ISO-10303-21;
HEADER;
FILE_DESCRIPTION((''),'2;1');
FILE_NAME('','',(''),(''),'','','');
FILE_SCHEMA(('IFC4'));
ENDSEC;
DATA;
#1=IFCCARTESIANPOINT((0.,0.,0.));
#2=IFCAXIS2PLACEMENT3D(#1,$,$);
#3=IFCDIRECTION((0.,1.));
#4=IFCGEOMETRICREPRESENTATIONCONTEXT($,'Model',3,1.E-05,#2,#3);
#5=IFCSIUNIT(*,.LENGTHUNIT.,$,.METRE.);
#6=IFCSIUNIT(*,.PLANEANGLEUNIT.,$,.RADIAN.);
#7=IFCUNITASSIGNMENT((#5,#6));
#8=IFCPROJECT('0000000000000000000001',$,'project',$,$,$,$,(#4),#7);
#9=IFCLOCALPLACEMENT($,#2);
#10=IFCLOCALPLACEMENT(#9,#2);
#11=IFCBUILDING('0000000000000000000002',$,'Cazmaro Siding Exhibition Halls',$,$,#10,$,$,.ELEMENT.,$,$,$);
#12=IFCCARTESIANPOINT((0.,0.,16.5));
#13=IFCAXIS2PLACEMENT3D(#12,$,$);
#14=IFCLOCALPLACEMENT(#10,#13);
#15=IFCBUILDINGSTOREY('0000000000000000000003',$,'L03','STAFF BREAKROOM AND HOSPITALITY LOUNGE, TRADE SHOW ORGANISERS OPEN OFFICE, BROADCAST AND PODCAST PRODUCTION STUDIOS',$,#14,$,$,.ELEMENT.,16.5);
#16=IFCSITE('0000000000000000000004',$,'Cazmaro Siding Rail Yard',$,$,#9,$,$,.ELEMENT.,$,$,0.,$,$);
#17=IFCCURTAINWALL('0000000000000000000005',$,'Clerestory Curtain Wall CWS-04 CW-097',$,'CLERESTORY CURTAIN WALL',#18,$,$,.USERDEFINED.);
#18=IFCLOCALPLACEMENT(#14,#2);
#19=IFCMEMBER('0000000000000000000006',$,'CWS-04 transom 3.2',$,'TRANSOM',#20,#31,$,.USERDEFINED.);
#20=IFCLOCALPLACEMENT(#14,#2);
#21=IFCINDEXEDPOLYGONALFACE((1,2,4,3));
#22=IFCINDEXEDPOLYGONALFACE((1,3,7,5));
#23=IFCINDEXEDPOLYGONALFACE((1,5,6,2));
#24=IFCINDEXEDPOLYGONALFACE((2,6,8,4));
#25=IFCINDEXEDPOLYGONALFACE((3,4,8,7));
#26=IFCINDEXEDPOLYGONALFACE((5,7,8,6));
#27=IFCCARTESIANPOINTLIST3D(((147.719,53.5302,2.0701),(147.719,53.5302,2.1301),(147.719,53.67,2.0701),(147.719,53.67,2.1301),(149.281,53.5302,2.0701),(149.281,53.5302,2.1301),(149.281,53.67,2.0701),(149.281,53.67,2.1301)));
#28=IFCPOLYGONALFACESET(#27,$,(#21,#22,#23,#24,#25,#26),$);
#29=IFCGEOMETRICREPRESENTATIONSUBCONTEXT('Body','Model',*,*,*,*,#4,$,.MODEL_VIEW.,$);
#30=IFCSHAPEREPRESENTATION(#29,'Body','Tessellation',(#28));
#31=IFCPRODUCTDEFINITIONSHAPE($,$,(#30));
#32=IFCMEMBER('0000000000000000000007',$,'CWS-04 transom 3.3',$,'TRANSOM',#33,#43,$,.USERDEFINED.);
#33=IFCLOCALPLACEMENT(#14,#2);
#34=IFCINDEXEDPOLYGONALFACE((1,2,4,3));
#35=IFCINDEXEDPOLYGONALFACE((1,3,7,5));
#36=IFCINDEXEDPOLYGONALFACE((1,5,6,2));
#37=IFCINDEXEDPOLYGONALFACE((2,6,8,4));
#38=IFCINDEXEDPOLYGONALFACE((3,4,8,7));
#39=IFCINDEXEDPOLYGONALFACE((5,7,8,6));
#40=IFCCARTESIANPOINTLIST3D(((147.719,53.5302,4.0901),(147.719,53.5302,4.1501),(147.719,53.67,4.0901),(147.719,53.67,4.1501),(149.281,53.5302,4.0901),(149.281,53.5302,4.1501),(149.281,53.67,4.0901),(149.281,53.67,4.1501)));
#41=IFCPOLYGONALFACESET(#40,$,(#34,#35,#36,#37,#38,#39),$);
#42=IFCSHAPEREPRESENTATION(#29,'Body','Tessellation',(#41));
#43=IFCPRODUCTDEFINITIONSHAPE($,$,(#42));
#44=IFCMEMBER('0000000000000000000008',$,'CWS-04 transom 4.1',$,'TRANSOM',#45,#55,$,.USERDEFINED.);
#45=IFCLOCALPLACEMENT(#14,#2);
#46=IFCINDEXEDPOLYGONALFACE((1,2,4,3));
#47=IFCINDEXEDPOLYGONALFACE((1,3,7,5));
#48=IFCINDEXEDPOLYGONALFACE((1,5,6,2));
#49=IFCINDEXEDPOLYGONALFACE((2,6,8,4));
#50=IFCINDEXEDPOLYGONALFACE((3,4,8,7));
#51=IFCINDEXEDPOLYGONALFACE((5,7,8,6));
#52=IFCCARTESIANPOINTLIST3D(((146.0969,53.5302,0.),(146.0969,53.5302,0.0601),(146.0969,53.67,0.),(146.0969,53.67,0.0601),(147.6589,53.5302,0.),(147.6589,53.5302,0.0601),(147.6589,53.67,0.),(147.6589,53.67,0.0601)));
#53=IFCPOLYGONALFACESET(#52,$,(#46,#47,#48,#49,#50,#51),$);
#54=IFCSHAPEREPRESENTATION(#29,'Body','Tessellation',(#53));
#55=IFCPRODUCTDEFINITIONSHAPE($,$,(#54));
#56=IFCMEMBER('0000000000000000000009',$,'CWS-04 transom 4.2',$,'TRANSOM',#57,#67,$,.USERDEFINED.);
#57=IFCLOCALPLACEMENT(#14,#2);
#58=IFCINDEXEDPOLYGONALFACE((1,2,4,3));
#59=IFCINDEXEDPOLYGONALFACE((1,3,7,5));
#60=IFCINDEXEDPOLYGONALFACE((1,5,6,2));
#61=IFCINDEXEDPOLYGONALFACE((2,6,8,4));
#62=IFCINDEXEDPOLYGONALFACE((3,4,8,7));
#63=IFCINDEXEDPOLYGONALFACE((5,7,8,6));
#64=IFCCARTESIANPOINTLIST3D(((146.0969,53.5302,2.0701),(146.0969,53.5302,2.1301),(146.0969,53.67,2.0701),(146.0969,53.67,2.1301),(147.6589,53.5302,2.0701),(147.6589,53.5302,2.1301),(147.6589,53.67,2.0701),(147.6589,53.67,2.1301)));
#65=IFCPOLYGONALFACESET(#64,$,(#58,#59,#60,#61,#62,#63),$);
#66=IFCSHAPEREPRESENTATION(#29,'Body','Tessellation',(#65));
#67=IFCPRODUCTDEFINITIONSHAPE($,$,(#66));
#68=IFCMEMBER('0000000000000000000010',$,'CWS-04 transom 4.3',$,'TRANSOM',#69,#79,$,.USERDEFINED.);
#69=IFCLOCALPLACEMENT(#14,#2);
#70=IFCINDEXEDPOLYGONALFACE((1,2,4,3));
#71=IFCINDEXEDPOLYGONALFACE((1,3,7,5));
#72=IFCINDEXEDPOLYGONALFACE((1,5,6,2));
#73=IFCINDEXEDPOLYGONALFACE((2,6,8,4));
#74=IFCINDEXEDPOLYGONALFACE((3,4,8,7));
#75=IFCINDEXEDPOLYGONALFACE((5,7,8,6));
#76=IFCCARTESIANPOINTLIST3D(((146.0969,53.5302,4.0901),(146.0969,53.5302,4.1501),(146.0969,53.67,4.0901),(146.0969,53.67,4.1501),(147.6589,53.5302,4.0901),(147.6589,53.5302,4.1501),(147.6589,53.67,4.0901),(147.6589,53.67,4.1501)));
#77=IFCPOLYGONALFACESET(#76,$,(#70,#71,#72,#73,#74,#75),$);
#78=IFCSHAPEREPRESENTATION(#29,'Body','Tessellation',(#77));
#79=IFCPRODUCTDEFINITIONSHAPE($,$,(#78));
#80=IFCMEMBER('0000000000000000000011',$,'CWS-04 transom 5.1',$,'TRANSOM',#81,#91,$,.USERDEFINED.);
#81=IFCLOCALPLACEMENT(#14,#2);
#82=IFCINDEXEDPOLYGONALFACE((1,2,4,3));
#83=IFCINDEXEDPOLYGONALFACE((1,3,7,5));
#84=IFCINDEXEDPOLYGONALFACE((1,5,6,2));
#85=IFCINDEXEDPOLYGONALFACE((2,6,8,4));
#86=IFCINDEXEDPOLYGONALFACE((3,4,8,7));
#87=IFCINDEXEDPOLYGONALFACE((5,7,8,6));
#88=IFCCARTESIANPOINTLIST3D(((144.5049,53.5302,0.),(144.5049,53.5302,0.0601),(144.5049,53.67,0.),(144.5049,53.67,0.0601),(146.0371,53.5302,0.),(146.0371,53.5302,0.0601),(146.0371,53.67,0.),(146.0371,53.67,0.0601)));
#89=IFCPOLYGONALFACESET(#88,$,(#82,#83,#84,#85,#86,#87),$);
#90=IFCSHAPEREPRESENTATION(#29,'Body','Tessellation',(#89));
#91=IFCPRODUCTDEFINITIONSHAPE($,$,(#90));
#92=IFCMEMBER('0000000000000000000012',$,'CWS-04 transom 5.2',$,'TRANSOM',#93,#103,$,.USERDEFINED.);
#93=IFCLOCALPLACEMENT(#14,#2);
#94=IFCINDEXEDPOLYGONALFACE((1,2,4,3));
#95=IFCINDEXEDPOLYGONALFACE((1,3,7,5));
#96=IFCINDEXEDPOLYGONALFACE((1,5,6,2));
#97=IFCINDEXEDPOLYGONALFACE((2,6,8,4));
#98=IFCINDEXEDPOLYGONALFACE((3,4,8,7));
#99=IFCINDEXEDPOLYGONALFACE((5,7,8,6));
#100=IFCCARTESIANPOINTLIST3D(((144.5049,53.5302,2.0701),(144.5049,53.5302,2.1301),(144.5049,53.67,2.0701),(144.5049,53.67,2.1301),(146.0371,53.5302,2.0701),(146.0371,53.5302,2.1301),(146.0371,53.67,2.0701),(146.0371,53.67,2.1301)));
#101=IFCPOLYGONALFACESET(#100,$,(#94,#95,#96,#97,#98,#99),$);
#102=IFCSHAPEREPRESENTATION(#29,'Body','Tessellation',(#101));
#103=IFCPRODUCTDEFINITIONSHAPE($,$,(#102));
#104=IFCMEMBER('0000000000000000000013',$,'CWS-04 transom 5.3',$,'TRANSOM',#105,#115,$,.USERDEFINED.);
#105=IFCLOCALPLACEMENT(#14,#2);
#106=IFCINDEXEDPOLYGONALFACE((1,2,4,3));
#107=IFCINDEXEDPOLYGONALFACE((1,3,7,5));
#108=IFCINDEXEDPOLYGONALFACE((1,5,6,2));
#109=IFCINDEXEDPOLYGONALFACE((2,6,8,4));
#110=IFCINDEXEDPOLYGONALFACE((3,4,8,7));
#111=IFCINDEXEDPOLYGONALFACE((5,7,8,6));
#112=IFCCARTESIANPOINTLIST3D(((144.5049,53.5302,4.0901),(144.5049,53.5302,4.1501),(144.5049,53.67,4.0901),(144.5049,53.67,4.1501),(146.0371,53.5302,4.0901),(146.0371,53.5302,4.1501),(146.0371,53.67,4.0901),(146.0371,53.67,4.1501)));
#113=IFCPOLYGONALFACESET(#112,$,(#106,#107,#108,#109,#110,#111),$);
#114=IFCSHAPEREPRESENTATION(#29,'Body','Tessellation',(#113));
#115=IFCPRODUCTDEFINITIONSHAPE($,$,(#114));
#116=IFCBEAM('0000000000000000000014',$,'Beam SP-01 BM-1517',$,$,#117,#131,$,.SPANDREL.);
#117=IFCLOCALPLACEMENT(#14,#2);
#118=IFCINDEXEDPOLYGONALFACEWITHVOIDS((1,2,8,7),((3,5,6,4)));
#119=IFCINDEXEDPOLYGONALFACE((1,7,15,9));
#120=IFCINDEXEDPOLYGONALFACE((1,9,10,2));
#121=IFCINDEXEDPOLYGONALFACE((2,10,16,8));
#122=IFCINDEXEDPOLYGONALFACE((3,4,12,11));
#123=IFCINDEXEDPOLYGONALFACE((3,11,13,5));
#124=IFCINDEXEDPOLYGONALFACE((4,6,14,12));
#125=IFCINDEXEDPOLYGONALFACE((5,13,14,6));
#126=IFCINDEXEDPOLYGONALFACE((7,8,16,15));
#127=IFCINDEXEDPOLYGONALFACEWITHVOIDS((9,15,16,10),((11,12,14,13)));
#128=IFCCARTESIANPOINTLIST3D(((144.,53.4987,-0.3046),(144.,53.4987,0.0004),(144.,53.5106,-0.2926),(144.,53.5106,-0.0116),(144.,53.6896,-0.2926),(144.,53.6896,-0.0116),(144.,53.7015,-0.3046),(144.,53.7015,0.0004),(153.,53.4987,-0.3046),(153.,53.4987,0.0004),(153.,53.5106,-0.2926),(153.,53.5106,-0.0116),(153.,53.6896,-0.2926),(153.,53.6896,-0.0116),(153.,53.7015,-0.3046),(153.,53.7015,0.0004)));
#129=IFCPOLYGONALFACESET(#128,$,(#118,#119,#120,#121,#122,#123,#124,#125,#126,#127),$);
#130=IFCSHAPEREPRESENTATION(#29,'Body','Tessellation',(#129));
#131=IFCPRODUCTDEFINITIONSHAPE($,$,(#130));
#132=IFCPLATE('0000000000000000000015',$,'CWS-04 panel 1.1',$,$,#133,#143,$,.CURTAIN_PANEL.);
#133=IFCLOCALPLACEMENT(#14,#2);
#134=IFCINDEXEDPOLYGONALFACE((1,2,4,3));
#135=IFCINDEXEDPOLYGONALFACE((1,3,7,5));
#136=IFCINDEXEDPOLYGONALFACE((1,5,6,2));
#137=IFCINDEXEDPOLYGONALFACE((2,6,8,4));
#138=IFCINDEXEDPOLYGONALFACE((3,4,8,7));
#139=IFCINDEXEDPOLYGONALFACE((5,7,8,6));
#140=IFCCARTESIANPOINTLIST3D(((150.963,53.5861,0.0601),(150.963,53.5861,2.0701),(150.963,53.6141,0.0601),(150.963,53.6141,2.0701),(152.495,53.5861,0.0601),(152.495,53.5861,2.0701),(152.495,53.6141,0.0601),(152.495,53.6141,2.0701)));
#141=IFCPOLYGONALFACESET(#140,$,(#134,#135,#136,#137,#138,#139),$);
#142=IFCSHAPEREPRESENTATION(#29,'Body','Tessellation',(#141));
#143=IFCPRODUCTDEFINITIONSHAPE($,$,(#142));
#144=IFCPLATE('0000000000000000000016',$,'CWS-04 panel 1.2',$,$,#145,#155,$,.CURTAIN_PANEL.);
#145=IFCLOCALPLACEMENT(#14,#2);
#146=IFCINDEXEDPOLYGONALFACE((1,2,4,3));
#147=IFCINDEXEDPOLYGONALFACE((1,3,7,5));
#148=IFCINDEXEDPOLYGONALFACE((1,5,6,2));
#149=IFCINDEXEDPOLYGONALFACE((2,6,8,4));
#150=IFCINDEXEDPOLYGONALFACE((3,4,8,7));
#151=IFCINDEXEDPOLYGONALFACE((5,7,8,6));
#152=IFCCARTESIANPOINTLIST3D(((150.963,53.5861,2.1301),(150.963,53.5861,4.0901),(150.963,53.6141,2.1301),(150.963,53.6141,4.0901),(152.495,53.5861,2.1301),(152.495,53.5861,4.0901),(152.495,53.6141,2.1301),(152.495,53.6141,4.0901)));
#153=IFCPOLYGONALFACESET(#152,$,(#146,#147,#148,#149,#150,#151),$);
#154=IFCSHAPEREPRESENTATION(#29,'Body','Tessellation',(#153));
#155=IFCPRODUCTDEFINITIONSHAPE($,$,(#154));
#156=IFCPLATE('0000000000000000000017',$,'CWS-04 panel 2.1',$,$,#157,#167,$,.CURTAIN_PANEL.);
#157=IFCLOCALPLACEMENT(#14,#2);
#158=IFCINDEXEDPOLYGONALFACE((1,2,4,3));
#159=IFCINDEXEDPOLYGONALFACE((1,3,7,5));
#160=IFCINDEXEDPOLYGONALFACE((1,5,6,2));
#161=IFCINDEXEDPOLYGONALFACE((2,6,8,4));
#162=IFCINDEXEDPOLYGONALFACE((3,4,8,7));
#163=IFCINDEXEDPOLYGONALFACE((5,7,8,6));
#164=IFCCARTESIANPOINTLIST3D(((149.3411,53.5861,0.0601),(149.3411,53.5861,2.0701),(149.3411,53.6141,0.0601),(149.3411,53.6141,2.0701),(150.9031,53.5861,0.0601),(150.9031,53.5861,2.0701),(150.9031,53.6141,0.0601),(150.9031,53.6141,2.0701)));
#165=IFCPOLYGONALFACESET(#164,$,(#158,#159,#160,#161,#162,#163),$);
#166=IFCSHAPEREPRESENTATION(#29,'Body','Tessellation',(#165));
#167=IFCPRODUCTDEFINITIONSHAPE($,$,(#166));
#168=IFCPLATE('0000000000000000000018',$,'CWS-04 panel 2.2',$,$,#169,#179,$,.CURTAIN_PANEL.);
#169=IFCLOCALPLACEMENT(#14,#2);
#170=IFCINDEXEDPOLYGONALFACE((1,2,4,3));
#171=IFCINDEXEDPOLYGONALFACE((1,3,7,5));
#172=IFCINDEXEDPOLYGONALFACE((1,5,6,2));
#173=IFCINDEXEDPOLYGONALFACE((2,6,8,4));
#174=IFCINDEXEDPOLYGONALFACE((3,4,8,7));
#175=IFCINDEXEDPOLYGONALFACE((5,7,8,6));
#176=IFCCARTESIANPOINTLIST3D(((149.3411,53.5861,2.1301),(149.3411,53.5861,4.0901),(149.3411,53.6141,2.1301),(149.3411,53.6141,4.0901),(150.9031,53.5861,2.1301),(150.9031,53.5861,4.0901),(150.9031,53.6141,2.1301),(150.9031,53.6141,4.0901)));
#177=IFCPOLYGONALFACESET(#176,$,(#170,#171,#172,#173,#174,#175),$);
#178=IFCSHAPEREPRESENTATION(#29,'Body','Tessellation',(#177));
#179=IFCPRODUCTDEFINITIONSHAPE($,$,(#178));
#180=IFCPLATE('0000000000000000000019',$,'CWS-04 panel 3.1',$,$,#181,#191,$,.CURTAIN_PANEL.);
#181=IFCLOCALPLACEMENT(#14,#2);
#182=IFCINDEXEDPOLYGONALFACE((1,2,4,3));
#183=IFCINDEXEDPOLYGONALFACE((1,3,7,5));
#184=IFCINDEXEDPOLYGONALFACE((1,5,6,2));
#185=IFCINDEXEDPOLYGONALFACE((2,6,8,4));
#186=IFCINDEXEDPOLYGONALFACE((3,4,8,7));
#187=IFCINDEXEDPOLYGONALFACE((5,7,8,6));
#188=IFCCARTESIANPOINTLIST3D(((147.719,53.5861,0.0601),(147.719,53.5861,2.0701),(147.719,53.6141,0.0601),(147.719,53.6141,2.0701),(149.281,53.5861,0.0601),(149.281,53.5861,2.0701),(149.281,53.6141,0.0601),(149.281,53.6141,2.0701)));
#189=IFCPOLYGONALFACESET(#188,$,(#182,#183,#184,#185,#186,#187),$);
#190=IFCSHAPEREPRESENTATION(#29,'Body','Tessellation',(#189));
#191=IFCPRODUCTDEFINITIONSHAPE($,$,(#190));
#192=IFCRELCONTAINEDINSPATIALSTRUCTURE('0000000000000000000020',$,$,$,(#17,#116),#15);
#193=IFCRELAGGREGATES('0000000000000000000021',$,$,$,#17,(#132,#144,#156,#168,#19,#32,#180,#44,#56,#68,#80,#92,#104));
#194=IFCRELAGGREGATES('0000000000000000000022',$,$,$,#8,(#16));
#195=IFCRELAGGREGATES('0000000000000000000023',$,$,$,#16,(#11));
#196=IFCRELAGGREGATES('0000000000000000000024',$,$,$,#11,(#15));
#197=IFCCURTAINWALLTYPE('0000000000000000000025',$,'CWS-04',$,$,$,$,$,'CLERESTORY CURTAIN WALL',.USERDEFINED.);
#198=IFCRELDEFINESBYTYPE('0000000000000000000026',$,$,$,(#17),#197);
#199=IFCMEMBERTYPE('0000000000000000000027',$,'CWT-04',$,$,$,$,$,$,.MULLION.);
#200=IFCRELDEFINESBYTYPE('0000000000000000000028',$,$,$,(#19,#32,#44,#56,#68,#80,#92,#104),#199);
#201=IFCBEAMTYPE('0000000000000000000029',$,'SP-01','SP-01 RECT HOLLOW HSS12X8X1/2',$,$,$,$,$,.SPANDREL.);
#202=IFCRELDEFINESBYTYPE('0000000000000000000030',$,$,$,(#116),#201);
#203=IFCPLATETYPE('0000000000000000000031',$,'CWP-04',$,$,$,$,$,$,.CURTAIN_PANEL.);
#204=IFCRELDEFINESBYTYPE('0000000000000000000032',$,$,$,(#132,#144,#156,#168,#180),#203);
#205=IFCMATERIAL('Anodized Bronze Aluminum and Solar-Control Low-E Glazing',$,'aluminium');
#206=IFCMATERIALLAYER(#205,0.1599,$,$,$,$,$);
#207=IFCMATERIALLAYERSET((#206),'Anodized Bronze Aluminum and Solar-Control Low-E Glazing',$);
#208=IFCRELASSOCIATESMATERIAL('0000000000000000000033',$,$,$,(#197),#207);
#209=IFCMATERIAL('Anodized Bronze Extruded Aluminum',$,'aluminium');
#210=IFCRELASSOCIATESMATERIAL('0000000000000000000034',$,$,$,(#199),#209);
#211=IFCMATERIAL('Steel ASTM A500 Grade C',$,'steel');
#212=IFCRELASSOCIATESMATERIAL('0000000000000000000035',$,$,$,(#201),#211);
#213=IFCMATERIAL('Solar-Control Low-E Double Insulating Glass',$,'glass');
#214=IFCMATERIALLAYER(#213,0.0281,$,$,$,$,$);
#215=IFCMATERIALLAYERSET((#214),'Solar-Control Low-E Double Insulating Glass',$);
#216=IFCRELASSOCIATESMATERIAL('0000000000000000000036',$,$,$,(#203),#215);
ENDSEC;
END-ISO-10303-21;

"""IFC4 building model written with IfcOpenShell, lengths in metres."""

from ifc_helpers import new_model, si_unit, direction, frame, origin, origin_2d, place, context, subcontext, project, spatial, rectangle, hollow_rectangle, extrude, material, layer, layer_set, material_profile, profile_set, type_object, element, aggregate, save


model = new_model("IFC4")

# Units and contexts
model_context = context("Model", 3, precision=1e-05, world=origin(), true_north=direction((0.0, 1.0)))
body_context = subcontext(model_context, "Body", "Model", "MODEL_VIEW")
ifc_project = project(units=[si_unit("LENGTHUNIT", "METRE"), si_unit("PLANEANGLEUNIT", "RADIAN")], contexts=[model_context])

# Site, building, storey
site_placement = place(None, origin())
site = spatial("IfcSite", under=ifc_project, at=site_placement, Name="Cazmaro Siding Rail Yard", CompositionType="ELEMENT", RefElevation=0.0)
building_placement = place(site_placement, origin())
building = spatial("IfcBuilding", under=site, at=building_placement, Name="Cazmaro Siding Exhibition Halls", CompositionType="ELEMENT")
storey_placement = place(building_placement, frame((0.0, 0.0, 16.5)))
storey = spatial("IfcBuildingStorey", under=building, at=storey_placement, Name="L03", Description="STAFF BREAKROOM AND HOSPITALITY LOUNGE, TRADE SHOW ORGANISERS OPEN OFFICE, BROADCAST AND PODCAST PRODUCTION STUDIOS", CompositionType="ELEMENT", Elevation=16.5)

# Curtain wall, members
ifc_material_1 = material(Name="Anodized Bronze Aluminum and Solar-Control Low-E Glazing", Category="aluminium")
ifc_layer_1 = layer(ifc_material_1, 0.1599)
ifc_layer_set_1 = layer_set([ifc_layer_1], Name="Anodized Bronze Aluminum and Solar-Control Low-E Glazing")
curtain_wall_type = type_object("IfcCurtainWallType", Name="CWS-04", ElementType="CLERESTORY CURTAIN WALL", PredefinedType="USERDEFINED", material=ifc_layer_set_1)
curtain_wall_placement = place(storey_placement, origin())
curtain_wall = element("IfcCurtainWall", 1, at=curtain_wall_placement, inside=storey, type_object=curtain_wall_type, Name="Clerestory Curtain Wall CWS-04 CW-097", ObjectType="CLERESTORY CURTAIN WALL", PredefinedType="USERDEFINED")
ifc_material_2 = material(Name="Anodized Bronze Extruded Aluminum", Category="aluminium")
ifc_material_profile_1 = material_profile(ifc_material_2, rectangle(XDim=0.1399, YDim=0.0601, at=origin_2d()), Name="CWT-04")
ifc_profile_set_1 = profile_set([ifc_material_profile_1], Name="Anodized Bronze Extruded Aluminum")
member_type_1 = type_object("IfcMemberType", Name="CWT-04", PredefinedType="MULLION", material=ifc_profile_set_1)
member_1_placement = place(storey_placement, frame((149.281, 53.6001, 2.1001), z_axis=(-1.0, 0.0, 0.0), x_axis=(0.0, -1.0, 0.0)))
member_1 = element("IfcMember", 2, at=member_1_placement, type_object=member_type_1, Name="CWS-04 transom 3.2", ObjectType="TRANSOM", PredefinedType="USERDEFINED", context=body_context, shape_type="SweptSolid", body=[
    extrude(rectangle(XDim=0.1399, YDim=0.0601, at=origin_2d()), origin(), (0.0, 0.0, 1.0), 1.562),
])
member_2_placement = place(storey_placement, frame((149.281, 53.6001, 4.1201), z_axis=(-1.0, 0.0, 0.0), x_axis=(0.0, -1.0, 0.0)))
member_2 = element("IfcMember", 3, at=member_2_placement, type_object=member_type_1, Name="CWS-04 transom 3.3", ObjectType="TRANSOM", PredefinedType="USERDEFINED", context=body_context, shape_type="SweptSolid", body=[
    extrude(rectangle(XDim=0.1399, YDim=0.0601, at=origin_2d()), origin(), (0.0, 0.0, 1.0), 1.562),
])
member_3_placement = place(storey_placement, frame((147.6589, 53.6001, 0.03), z_axis=(-1.0, 0.0, 0.0), x_axis=(0.0, -1.0, 0.0)))
member_3 = element("IfcMember", 4, at=member_3_placement, type_object=member_type_1, Name="CWS-04 transom 4.1", ObjectType="TRANSOM", PredefinedType="USERDEFINED", context=body_context, shape_type="SweptSolid", body=[
    extrude(rectangle(XDim=0.1399, YDim=0.0601, at=origin_2d()), origin(), (0.0, 0.0, 1.0), 1.562),
])
member_4_placement = place(storey_placement, frame((147.6589, 53.6001, 2.1001), z_axis=(-1.0, 0.0, 0.0), x_axis=(0.0, -1.0, 0.0)))
member_4 = element("IfcMember", 5, at=member_4_placement, type_object=member_type_1, Name="CWS-04 transom 4.2", ObjectType="TRANSOM", PredefinedType="USERDEFINED", context=body_context, shape_type="SweptSolid", body=[
    extrude(rectangle(XDim=0.1399, YDim=0.0601, at=origin_2d()), origin(), (0.0, 0.0, 1.0), 1.562),
])
member_5_placement = place(storey_placement, frame((147.6589, 53.6001, 4.1201), z_axis=(-1.0, 0.0, 0.0), x_axis=(0.0, -1.0, 0.0)))
member_5 = element("IfcMember", 6, at=member_5_placement, type_object=member_type_1, Name="CWS-04 transom 4.3", ObjectType="TRANSOM", PredefinedType="USERDEFINED", context=body_context, shape_type="SweptSolid", body=[
    extrude(rectangle(XDim=0.1399, YDim=0.0601, at=origin_2d()), origin(), (0.0, 0.0, 1.0), 1.562),
])
member_6_placement = place(storey_placement, frame((146.0371, 53.6001, 0.03), z_axis=(-1.0, 0.0, 0.0), x_axis=(0.0, -1.0, 0.0)))
member_6 = element("IfcMember", 7, at=member_6_placement, type_object=member_type_1, Name="CWS-04 transom 5.1", ObjectType="TRANSOM", PredefinedType="USERDEFINED", context=body_context, shape_type="SweptSolid", body=[
    extrude(rectangle(XDim=0.1399, YDim=0.0601, at=origin_2d()), origin(), (0.0, 0.0, 1.0), 1.5322),
])
member_7_placement = place(storey_placement, frame((146.0371, 53.6001, 2.1001), z_axis=(-1.0, 0.0, 0.0), x_axis=(0.0, -1.0, 0.0)))
member_7 = element("IfcMember", 8, at=member_7_placement, type_object=member_type_1, Name="CWS-04 transom 5.2", ObjectType="TRANSOM", PredefinedType="USERDEFINED", context=body_context, shape_type="SweptSolid", body=[
    extrude(rectangle(XDim=0.1399, YDim=0.0601, at=origin_2d()), origin(), (0.0, 0.0, 1.0), 1.5322),
])
member_8_placement = place(storey_placement, frame((146.0371, 53.6001, 4.1201), z_axis=(-1.0, 0.0, 0.0), x_axis=(0.0, -1.0, 0.0)))
member_8 = element("IfcMember", 9, at=member_8_placement, type_object=member_type_1, Name="CWS-04 transom 5.3", ObjectType="TRANSOM", PredefinedType="USERDEFINED", context=body_context, shape_type="SweptSolid", body=[
    extrude(rectangle(XDim=0.1399, YDim=0.0601, at=origin_2d()), origin(), (0.0, 0.0, 1.0), 1.5322),
])

# Beam
ifc_material_3 = material(Name="Steel ASTM A500 Grade C", Category="steel")
ifc_material_profile_2 = material_profile(ifc_material_3, hollow_rectangle(XDim=0.2029, YDim=0.3049, WallThickness=0.012, at=origin_2d()), Name="HSS12X8X1/2")
ifc_profile_set_2 = profile_set([ifc_material_profile_2], Name="Steel ASTM A500 Grade C")
beam_type = type_object("IfcBeamType", Name="SP-01", Description="SP-01 RECT HOLLOW HSS12X8X1/2", PredefinedType="SPANDREL", material=ifc_profile_set_2)
beam_placement = place(storey_placement, frame((144.0, 53.6001, -0.1521), z_axis=(1.0, 0.0, 0.0), x_axis=(0.0, 1.0, 0.0)))
element("IfcBeam", 10, at=beam_placement, inside=storey, type_object=beam_type, Name="Beam SP-01 BM-1517", PredefinedType="SPANDREL", context=body_context, shape_type="SweptSolid", body=[
    extrude(hollow_rectangle(XDim=0.2029, YDim=0.3049, WallThickness=0.012, at=origin_2d()), origin(), (0.0, 0.0, 1.0), 9.0),
])

# Plates
ifc_material_4 = material(Name="Solar-Control Low-E Double Insulating Glass", Category="glass")
ifc_layer_2 = layer(ifc_material_4, 0.0281)
ifc_layer_set_2 = layer_set([ifc_layer_2], Name="Solar-Control Low-E Double Insulating Glass")
plate_type = type_object("IfcPlateType", Name="CWP-04", PredefinedType="CURTAIN_PANEL", material=ifc_layer_set_2)
plate_1_placement = place(storey_placement, frame((151.729, 53.6001, 0.0601), z_axis=(0.0, 0.0, 1.0), x_axis=(-1.0, 0.0, 0.0)))
plate_1 = element("IfcPlate", 11, at=plate_1_placement, type_object=plate_type, Name="CWS-04 panel 1.1", PredefinedType="CURTAIN_PANEL", context=body_context, shape_type="SweptSolid", body=[
    extrude(rectangle(XDim=1.532, YDim=0.0281, at=origin_2d()), origin(), (0.0, 0.0, 1.0), 2.01),
])
plate_2_placement = place(storey_placement, frame((151.729, 53.6001, 2.1301), z_axis=(0.0, 0.0, 1.0), x_axis=(-1.0, 0.0, 0.0)))
plate_2 = element("IfcPlate", 12, at=plate_2_placement, type_object=plate_type, Name="CWS-04 panel 1.2", PredefinedType="CURTAIN_PANEL", context=body_context, shape_type="SweptSolid", body=[
    extrude(rectangle(XDim=1.532, YDim=0.0281, at=origin_2d()), origin(), (0.0, 0.0, 1.0), 1.96),
])
plate_3_placement = place(storey_placement, frame((150.1221, 53.6001, 0.0601), z_axis=(0.0, 0.0, 1.0), x_axis=(-1.0, 0.0, 0.0)))
plate_3 = element("IfcPlate", 13, at=plate_3_placement, type_object=plate_type, Name="CWS-04 panel 2.1", PredefinedType="CURTAIN_PANEL", context=body_context, shape_type="SweptSolid", body=[
    extrude(rectangle(XDim=1.562, YDim=0.0281, at=origin_2d()), origin(), (0.0, 0.0, 1.0), 2.01),
])
plate_4_placement = place(storey_placement, frame((150.1221, 53.6001, 2.1301), z_axis=(0.0, 0.0, 1.0), x_axis=(-1.0, 0.0, 0.0)))
plate_4 = element("IfcPlate", 14, at=plate_4_placement, type_object=plate_type, Name="CWS-04 panel 2.2", PredefinedType="CURTAIN_PANEL", context=body_context, shape_type="SweptSolid", body=[
    extrude(rectangle(XDim=1.562, YDim=0.0281, at=origin_2d()), origin(), (0.0, 0.0, 1.0), 1.96),
])
plate_5_placement = place(storey_placement, frame((148.5, 53.6001, 0.0601), z_axis=(0.0, 0.0, 1.0), x_axis=(-1.0, 0.0, 0.0)))
plate_5 = element("IfcPlate", 15, at=plate_5_placement, type_object=plate_type, Name="CWS-04 panel 3.1", PredefinedType="CURTAIN_PANEL", context=body_context, shape_type="SweptSolid", body=[
    extrude(rectangle(XDim=1.562, YDim=0.0281, at=origin_2d()), origin(), (0.0, 0.0, 1.0), 2.01),
])
aggregate(curtain_wall, [plate_1, plate_2, plate_3, plate_4, member_1, member_2, plate_5, member_3, member_4, member_5, member_6, member_7, member_8])

save(model, "model.ifc")
